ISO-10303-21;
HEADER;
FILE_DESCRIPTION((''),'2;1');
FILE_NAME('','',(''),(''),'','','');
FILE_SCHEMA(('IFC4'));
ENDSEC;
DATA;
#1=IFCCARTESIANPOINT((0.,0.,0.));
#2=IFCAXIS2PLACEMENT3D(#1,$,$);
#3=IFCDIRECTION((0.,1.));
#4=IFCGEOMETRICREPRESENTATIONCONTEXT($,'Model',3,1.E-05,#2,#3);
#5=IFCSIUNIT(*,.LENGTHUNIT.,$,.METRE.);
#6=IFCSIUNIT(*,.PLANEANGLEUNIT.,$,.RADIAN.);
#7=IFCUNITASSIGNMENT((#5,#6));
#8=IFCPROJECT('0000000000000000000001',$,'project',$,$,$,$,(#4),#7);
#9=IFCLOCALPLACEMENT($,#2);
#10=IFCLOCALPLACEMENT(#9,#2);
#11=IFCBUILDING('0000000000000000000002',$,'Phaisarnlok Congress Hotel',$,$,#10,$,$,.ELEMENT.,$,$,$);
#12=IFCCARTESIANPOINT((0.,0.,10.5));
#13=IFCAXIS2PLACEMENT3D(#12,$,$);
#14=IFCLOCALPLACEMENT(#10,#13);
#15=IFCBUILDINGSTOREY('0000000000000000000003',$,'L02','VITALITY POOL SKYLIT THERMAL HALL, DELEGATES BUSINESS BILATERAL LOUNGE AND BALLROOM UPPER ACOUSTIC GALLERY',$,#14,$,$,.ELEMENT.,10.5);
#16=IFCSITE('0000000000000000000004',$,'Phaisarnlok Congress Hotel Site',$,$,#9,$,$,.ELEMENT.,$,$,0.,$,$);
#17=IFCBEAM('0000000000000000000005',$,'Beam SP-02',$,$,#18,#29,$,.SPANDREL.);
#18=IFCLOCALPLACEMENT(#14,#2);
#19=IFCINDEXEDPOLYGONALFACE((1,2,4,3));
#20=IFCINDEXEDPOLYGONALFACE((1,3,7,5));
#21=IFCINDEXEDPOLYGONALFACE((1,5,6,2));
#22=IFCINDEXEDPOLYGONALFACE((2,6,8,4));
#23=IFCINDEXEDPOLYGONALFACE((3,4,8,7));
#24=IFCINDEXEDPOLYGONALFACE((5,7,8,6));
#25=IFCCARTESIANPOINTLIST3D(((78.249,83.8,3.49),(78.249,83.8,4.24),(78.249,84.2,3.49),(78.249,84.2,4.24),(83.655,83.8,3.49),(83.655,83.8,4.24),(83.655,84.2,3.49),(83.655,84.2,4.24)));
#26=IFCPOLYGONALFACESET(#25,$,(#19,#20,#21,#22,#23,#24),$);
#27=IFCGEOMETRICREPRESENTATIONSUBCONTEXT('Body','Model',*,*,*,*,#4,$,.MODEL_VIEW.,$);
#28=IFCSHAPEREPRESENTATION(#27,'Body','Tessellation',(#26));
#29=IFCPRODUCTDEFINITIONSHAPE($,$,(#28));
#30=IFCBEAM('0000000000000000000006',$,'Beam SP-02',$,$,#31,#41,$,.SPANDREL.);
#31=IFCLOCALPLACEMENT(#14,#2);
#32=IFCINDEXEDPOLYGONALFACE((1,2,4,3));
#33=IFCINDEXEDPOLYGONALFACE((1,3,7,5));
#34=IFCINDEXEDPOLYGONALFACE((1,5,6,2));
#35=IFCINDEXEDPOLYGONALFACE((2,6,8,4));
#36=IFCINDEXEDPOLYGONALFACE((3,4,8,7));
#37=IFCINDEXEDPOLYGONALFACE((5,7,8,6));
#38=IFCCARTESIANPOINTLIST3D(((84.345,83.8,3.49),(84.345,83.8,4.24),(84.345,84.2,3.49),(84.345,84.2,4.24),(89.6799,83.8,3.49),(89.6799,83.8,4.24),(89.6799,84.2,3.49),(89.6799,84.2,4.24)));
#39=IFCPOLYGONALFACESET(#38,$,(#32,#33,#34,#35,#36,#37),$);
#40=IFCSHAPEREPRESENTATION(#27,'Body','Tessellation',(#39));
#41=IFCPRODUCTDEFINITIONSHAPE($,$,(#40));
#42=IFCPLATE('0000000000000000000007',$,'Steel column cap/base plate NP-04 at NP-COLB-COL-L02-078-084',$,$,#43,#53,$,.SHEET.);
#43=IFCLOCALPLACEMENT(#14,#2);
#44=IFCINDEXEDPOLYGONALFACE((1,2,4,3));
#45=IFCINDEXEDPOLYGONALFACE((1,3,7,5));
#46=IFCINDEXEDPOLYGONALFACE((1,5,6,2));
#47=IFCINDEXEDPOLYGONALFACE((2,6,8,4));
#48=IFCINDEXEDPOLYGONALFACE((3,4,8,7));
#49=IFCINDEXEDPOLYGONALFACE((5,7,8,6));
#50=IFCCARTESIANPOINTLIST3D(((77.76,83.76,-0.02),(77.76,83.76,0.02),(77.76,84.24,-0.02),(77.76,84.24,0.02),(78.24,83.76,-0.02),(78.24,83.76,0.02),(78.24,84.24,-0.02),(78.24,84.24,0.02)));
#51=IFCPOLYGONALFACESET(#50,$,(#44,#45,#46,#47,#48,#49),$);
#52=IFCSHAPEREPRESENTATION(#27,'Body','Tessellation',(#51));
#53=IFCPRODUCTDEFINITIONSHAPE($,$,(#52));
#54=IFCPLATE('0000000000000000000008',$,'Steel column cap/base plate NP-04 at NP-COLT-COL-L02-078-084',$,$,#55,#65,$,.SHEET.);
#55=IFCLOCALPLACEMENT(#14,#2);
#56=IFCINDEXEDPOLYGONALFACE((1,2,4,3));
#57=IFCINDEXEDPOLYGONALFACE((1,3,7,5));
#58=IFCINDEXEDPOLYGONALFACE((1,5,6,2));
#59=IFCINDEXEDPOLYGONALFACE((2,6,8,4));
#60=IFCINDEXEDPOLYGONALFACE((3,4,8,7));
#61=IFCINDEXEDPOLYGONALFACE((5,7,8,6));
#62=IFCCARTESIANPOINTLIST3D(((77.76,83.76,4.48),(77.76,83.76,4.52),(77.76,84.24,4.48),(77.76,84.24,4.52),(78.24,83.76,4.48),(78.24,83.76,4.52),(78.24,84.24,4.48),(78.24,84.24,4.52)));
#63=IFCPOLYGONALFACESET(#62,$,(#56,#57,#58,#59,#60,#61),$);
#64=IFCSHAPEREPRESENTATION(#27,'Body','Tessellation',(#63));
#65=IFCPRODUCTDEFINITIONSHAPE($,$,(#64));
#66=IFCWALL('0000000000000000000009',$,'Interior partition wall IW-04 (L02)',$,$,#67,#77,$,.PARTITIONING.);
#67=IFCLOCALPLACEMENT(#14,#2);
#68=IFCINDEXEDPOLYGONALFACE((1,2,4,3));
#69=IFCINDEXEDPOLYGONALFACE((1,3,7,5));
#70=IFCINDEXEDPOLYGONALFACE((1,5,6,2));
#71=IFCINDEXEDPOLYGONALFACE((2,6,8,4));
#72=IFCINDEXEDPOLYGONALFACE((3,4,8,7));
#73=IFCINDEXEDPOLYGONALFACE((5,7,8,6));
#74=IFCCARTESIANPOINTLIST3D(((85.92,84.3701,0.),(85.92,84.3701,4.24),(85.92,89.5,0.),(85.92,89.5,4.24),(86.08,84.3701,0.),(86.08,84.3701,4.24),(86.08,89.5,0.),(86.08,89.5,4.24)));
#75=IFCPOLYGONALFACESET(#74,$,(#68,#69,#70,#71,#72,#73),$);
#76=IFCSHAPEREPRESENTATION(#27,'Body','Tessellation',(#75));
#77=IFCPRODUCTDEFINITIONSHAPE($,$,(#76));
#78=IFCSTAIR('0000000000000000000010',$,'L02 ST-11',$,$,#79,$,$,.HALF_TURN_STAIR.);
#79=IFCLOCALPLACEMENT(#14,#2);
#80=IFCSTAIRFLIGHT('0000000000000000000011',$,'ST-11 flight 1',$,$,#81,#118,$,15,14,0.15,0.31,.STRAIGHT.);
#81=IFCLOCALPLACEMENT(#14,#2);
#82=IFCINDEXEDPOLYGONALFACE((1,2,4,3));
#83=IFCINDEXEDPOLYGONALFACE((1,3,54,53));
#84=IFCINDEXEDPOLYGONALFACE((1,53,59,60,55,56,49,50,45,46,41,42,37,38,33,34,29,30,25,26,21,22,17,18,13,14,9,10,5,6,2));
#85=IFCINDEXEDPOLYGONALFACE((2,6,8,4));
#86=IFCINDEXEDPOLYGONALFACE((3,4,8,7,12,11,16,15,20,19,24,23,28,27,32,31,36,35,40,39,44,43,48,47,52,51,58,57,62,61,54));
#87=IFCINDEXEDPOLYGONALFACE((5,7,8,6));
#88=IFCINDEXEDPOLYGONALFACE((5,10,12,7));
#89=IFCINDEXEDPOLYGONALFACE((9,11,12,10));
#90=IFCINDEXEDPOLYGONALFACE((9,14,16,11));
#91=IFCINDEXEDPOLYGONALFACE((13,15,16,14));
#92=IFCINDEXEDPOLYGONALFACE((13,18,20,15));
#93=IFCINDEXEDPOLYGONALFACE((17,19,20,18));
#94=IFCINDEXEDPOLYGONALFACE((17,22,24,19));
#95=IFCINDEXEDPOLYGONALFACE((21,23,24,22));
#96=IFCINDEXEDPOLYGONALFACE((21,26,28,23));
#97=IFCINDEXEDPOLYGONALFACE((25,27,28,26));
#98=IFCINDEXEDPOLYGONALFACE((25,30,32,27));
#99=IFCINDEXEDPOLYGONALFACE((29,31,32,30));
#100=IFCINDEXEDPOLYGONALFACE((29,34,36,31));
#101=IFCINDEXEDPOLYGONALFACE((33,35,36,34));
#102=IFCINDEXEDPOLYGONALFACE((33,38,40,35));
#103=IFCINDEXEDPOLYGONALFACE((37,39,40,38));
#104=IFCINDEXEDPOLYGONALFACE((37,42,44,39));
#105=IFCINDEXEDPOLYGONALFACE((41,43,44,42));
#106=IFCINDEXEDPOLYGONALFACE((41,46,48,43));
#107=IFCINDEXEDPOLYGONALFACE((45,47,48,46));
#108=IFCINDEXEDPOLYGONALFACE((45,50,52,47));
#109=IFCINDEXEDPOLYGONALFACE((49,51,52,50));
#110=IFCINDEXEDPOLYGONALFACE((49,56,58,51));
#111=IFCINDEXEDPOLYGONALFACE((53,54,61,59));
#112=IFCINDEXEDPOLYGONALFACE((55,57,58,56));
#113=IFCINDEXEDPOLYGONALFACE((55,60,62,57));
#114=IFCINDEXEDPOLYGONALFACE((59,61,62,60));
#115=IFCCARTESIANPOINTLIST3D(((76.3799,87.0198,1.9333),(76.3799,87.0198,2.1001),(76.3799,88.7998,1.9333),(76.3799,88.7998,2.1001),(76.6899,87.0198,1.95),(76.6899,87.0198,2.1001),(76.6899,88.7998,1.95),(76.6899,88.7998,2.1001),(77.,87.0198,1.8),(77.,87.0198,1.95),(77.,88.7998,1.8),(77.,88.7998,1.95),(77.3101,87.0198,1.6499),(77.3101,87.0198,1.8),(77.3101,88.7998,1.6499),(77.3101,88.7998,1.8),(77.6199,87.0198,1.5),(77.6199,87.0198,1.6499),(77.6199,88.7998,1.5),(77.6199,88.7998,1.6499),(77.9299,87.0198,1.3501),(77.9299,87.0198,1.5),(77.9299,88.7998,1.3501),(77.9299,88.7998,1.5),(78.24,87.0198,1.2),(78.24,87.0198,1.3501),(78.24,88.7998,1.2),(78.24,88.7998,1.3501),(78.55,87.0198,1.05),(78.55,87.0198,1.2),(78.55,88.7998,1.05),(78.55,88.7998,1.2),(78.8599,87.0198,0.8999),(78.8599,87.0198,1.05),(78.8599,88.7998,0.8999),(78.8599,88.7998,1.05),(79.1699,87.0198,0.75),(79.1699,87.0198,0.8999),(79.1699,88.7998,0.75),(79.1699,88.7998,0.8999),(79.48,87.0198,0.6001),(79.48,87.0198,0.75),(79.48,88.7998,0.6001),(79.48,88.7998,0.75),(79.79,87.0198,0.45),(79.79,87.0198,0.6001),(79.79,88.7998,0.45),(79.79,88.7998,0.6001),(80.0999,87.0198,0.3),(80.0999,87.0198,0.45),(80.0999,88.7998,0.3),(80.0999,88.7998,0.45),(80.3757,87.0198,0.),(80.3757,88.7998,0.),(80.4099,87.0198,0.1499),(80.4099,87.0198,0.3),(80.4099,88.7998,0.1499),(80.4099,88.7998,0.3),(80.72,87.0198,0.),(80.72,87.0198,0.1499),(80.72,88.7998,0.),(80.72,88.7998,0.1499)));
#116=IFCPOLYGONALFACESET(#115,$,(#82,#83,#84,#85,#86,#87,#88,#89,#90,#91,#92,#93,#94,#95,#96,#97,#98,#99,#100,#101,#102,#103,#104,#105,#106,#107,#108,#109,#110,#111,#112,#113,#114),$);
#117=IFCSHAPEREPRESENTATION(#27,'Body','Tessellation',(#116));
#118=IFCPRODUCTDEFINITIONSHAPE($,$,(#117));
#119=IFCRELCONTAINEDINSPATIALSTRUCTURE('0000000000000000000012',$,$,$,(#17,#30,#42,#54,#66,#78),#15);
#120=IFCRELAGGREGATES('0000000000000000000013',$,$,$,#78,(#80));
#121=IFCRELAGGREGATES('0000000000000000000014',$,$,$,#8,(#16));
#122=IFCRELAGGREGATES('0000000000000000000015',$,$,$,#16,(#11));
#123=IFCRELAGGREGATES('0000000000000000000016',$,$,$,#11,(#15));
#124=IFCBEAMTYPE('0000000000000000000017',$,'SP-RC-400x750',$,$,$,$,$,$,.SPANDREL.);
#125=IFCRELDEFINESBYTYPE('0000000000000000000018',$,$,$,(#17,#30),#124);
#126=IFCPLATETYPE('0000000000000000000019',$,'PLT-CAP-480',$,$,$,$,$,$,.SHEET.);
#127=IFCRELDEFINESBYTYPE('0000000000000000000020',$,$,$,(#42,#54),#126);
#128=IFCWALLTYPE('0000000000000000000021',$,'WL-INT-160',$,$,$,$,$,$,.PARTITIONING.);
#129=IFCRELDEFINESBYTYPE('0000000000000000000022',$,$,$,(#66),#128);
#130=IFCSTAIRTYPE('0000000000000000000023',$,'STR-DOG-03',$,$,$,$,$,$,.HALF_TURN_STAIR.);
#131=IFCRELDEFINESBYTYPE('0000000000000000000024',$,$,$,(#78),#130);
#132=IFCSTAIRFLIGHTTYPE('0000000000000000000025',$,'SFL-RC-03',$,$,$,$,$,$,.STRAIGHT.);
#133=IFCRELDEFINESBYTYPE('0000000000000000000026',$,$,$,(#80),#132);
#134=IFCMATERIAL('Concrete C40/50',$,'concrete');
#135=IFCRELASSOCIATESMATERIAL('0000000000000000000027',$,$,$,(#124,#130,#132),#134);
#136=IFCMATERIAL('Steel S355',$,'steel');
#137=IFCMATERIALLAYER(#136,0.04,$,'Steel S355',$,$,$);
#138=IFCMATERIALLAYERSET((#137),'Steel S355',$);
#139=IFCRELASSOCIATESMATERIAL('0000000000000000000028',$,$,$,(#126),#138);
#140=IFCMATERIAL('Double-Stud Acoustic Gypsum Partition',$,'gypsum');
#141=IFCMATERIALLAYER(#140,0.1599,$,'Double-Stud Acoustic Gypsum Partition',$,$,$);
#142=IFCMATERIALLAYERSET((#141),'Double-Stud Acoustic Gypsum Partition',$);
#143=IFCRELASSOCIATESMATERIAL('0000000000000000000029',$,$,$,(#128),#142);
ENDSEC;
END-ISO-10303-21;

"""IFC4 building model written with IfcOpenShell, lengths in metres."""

from ifc_helpers import new_model, si_unit, direction, frame, frame_2d, origin, origin_2d, place, context, subcontext, project, spatial, polyline, rectangle, outline, extrude, material, layer, layer_set, material_profile, profile_set, type_object, element, aggregate, save


model = new_model("IFC4")

# Units and contexts
model_context = context("Model", 3, precision=1e-05, world=origin(), true_north=direction((0.0, 1.0)))
body_context = subcontext(model_context, "Body", "Model", "MODEL_VIEW")
ifc_project = project(units=[si_unit("LENGTHUNIT", "METRE"), si_unit("PLANEANGLEUNIT", "RADIAN")], contexts=[model_context])

# Site, building, storey
site_placement = place(None, origin())
site = spatial("IfcSite", under=ifc_project, at=site_placement, Name="Phaisarnlok Congress Hotel Site", CompositionType="ELEMENT", RefElevation=0.0)
building_placement = place(site_placement, origin())
building = spatial("IfcBuilding", under=site, at=building_placement, Name="Phaisarnlok Congress Hotel", CompositionType="ELEMENT")
storey_placement = place(building_placement, frame((0.0, 0.0, 10.5)))
storey = spatial("IfcBuildingStorey", under=building, at=storey_placement, Name="L02", Description="VITALITY POOL SKYLIT THERMAL HALL, DELEGATES BUSINESS BILATERAL LOUNGE AND BALLROOM UPPER ACOUSTIC GALLERY", CompositionType="ELEMENT", Elevation=10.5)

# Shared definitions
ifc_material_1 = material(Name="Steel S355", Category="steel")

# Beams
ifc_material_2 = material(Name="Concrete C40/50", Category="concrete")
ifc_material_profile_1 = material_profile(ifc_material_2, rectangle(XDim=0.3999, YDim=0.75, at=origin_2d()), Name="RC 400x750")
ifc_profile_set_1 = profile_set([ifc_material_profile_1], Name="Concrete C40/50")
beam_type_1 = type_object("IfcBeamType", Name="SP-RC-400x750", PredefinedType="SPANDREL", material=ifc_profile_set_1)
beam_1_placement = place(storey_placement, frame((78.249, 84.0, 3.865), z_axis=(1.0, 0.0, 0.0), x_axis=(0.0, 1.0, 0.0)))
element("IfcBeam", 1, at=beam_1_placement, inside=storey, type_object=beam_type_1, Name="Beam SP-02", PredefinedType="SPANDREL", context=body_context, shape_type="SweptSolid", body=[
    extrude(rectangle(XDim=0.3999, YDim=0.75, at=origin_2d()), origin(), (0.0, 0.0, 1.0), 5.406),
])
beam_2_placement = place(storey_placement, frame((84.345, 84.0, 3.865), z_axis=(1.0, 0.0, 0.0), x_axis=(0.0, 1.0, 0.0)))
element("IfcBeam", 2, at=beam_2_placement, inside=storey, type_object=beam_type_1, Name="Beam SP-02", PredefinedType="SPANDREL", context=body_context, shape_type="SweptSolid", body=[
    extrude(rectangle(XDim=0.3999, YDim=0.75, at=origin_2d()), origin(), (0.0, 0.0, 1.0), 5.335),
])

# Plates
ifc_layer_1 = layer(ifc_material_1, 0.04, Name="Steel S355")
ifc_layer_set_1 = layer_set([ifc_layer_1], Name="Steel S355")
plate_type = type_object("IfcPlateType", Name="PLT-CAP-480", PredefinedType="SHEET", material=ifc_layer_set_1)
for number, where, z_axis, x_axis, name in (
    (3, (78.0, 84.0, -0.02), (0.0, 0.0, 1.0), (1.0, 0.0, 0.0), "Steel column cap/base plate NP-04 at NP-COLB-COL-L02-078-084"),
    (4, (78.0, 84.0, 4.48), (0.0, 0.0, 1.0), (1.0, 0.0, 0.0), "Steel column cap/base plate NP-04 at NP-COLT-COL-L02-078-084"),
):
    element("IfcPlate", number, at=place(storey_placement, frame(where, z_axis=z_axis, x_axis=x_axis)), inside=storey, type_object=plate_type, Name=name, PredefinedType="SHEET", context=body_context, shape_type="SweptSolid", body=[
        extrude(rectangle(XDim=0.48, YDim=0.48, at=origin_2d()), origin(), (0.0, 0.0, 1.0), 0.04),
    ])

# Wall
ifc_material_3 = material(Name="Double-Stud Acoustic Gypsum Partition", Category="gypsum")
ifc_layer_2 = layer(ifc_material_3, 0.1599, Name="Double-Stud Acoustic Gypsum Partition")
ifc_layer_set_2 = layer_set([ifc_layer_2], Name="Double-Stud Acoustic Gypsum Partition")
wall_type_1 = type_object("IfcWallType", Name="WL-INT-160", PredefinedType="PARTITIONING", material=ifc_layer_set_2)
wall_1_placement = place(storey_placement, frame((86.0, 84.3701, 0.0), z_axis=(0.0, 0.0, 1.0), x_axis=(0.0, 1.0, 0.0)))
element("IfcWall", 5, at=wall_1_placement, inside=storey, type_object=wall_type_1, Name="Interior partition wall IW-04 (L02)", PredefinedType="PARTITIONING", context=body_context, shape_type="SweptSolid", body=[
    extrude(rectangle(XDim=5.1299, YDim=0.1599, at=frame_2d((2.5649, 0.0))), origin(), (0.0, 0.0, 1.0), 4.24),
])

# Stair, stair flight
stair_type = type_object("IfcStairType", Name="STR-DOG-03", PredefinedType="HALF_TURN_STAIR", material=ifc_material_2)
stair_placement = place(storey_placement, origin())
stair = element("IfcStair", 6, at=stair_placement, inside=storey, type_object=stair_type, Name="L02 ST-11", PredefinedType="HALF_TURN_STAIR")
stair_flight_type = type_object("IfcStairFlightType", Name="SFL-RC-03", PredefinedType="STRAIGHT", material=ifc_material_2)
stair_flight_placement = place(storey_placement, frame((80.72, 87.9099, 0.0), z_axis=(0.0, 0.0, 1.0), x_axis=(-1.0, 0.0, 0.0)))
stair_flight = element("IfcStairFlight", 7, at=stair_flight_placement, type_object=stair_flight_type, Name="ST-11 flight 1", NumberOfRisers=15, NumberOfTreads=14, PredefinedType="STRAIGHT", RiserHeight=0.15, TreadLength=0.31, context=body_context, shape_type="SweptSolid", body=[
    extrude(outline(polyline([(0.0, 0.0), (0.0, 0.1499), (0.3101, 0.1499), (0.3101, 0.3), (0.6201, 0.3), (0.6201, 0.45), (0.9299, 0.45), (0.9299, 0.6001), (1.24, 0.6001), (1.24, 0.75), (1.55, 0.75), (1.55, 0.8999), (1.8601, 0.8999), (1.8601, 1.05), (2.1699, 1.05), (2.1699, 1.2), (2.48, 1.2), (2.48, 1.3501), (2.79, 1.3501), (2.79, 1.5), (3.1001, 1.5), (3.1001, 1.6499), (3.4099, 1.6499), (3.4099, 1.8), (3.72, 1.8), (3.72, 1.95), (4.03, 1.95), (4.03, 2.1001), (4.3401, 2.1001), (4.3401, 2.25), (4.3401, 1.9333), (0.3442, 0.0), (0.0, 0.0)])), frame((0.0, 0.8901, 0.0), z_axis=(0.0, -1.0, 0.0), x_axis=(1.0, 0.0, 0.0)), (0.0, 0.0, 1.0), 1.78),
])
aggregate(stair, [stair_flight])

save(model, "model.ifc")
